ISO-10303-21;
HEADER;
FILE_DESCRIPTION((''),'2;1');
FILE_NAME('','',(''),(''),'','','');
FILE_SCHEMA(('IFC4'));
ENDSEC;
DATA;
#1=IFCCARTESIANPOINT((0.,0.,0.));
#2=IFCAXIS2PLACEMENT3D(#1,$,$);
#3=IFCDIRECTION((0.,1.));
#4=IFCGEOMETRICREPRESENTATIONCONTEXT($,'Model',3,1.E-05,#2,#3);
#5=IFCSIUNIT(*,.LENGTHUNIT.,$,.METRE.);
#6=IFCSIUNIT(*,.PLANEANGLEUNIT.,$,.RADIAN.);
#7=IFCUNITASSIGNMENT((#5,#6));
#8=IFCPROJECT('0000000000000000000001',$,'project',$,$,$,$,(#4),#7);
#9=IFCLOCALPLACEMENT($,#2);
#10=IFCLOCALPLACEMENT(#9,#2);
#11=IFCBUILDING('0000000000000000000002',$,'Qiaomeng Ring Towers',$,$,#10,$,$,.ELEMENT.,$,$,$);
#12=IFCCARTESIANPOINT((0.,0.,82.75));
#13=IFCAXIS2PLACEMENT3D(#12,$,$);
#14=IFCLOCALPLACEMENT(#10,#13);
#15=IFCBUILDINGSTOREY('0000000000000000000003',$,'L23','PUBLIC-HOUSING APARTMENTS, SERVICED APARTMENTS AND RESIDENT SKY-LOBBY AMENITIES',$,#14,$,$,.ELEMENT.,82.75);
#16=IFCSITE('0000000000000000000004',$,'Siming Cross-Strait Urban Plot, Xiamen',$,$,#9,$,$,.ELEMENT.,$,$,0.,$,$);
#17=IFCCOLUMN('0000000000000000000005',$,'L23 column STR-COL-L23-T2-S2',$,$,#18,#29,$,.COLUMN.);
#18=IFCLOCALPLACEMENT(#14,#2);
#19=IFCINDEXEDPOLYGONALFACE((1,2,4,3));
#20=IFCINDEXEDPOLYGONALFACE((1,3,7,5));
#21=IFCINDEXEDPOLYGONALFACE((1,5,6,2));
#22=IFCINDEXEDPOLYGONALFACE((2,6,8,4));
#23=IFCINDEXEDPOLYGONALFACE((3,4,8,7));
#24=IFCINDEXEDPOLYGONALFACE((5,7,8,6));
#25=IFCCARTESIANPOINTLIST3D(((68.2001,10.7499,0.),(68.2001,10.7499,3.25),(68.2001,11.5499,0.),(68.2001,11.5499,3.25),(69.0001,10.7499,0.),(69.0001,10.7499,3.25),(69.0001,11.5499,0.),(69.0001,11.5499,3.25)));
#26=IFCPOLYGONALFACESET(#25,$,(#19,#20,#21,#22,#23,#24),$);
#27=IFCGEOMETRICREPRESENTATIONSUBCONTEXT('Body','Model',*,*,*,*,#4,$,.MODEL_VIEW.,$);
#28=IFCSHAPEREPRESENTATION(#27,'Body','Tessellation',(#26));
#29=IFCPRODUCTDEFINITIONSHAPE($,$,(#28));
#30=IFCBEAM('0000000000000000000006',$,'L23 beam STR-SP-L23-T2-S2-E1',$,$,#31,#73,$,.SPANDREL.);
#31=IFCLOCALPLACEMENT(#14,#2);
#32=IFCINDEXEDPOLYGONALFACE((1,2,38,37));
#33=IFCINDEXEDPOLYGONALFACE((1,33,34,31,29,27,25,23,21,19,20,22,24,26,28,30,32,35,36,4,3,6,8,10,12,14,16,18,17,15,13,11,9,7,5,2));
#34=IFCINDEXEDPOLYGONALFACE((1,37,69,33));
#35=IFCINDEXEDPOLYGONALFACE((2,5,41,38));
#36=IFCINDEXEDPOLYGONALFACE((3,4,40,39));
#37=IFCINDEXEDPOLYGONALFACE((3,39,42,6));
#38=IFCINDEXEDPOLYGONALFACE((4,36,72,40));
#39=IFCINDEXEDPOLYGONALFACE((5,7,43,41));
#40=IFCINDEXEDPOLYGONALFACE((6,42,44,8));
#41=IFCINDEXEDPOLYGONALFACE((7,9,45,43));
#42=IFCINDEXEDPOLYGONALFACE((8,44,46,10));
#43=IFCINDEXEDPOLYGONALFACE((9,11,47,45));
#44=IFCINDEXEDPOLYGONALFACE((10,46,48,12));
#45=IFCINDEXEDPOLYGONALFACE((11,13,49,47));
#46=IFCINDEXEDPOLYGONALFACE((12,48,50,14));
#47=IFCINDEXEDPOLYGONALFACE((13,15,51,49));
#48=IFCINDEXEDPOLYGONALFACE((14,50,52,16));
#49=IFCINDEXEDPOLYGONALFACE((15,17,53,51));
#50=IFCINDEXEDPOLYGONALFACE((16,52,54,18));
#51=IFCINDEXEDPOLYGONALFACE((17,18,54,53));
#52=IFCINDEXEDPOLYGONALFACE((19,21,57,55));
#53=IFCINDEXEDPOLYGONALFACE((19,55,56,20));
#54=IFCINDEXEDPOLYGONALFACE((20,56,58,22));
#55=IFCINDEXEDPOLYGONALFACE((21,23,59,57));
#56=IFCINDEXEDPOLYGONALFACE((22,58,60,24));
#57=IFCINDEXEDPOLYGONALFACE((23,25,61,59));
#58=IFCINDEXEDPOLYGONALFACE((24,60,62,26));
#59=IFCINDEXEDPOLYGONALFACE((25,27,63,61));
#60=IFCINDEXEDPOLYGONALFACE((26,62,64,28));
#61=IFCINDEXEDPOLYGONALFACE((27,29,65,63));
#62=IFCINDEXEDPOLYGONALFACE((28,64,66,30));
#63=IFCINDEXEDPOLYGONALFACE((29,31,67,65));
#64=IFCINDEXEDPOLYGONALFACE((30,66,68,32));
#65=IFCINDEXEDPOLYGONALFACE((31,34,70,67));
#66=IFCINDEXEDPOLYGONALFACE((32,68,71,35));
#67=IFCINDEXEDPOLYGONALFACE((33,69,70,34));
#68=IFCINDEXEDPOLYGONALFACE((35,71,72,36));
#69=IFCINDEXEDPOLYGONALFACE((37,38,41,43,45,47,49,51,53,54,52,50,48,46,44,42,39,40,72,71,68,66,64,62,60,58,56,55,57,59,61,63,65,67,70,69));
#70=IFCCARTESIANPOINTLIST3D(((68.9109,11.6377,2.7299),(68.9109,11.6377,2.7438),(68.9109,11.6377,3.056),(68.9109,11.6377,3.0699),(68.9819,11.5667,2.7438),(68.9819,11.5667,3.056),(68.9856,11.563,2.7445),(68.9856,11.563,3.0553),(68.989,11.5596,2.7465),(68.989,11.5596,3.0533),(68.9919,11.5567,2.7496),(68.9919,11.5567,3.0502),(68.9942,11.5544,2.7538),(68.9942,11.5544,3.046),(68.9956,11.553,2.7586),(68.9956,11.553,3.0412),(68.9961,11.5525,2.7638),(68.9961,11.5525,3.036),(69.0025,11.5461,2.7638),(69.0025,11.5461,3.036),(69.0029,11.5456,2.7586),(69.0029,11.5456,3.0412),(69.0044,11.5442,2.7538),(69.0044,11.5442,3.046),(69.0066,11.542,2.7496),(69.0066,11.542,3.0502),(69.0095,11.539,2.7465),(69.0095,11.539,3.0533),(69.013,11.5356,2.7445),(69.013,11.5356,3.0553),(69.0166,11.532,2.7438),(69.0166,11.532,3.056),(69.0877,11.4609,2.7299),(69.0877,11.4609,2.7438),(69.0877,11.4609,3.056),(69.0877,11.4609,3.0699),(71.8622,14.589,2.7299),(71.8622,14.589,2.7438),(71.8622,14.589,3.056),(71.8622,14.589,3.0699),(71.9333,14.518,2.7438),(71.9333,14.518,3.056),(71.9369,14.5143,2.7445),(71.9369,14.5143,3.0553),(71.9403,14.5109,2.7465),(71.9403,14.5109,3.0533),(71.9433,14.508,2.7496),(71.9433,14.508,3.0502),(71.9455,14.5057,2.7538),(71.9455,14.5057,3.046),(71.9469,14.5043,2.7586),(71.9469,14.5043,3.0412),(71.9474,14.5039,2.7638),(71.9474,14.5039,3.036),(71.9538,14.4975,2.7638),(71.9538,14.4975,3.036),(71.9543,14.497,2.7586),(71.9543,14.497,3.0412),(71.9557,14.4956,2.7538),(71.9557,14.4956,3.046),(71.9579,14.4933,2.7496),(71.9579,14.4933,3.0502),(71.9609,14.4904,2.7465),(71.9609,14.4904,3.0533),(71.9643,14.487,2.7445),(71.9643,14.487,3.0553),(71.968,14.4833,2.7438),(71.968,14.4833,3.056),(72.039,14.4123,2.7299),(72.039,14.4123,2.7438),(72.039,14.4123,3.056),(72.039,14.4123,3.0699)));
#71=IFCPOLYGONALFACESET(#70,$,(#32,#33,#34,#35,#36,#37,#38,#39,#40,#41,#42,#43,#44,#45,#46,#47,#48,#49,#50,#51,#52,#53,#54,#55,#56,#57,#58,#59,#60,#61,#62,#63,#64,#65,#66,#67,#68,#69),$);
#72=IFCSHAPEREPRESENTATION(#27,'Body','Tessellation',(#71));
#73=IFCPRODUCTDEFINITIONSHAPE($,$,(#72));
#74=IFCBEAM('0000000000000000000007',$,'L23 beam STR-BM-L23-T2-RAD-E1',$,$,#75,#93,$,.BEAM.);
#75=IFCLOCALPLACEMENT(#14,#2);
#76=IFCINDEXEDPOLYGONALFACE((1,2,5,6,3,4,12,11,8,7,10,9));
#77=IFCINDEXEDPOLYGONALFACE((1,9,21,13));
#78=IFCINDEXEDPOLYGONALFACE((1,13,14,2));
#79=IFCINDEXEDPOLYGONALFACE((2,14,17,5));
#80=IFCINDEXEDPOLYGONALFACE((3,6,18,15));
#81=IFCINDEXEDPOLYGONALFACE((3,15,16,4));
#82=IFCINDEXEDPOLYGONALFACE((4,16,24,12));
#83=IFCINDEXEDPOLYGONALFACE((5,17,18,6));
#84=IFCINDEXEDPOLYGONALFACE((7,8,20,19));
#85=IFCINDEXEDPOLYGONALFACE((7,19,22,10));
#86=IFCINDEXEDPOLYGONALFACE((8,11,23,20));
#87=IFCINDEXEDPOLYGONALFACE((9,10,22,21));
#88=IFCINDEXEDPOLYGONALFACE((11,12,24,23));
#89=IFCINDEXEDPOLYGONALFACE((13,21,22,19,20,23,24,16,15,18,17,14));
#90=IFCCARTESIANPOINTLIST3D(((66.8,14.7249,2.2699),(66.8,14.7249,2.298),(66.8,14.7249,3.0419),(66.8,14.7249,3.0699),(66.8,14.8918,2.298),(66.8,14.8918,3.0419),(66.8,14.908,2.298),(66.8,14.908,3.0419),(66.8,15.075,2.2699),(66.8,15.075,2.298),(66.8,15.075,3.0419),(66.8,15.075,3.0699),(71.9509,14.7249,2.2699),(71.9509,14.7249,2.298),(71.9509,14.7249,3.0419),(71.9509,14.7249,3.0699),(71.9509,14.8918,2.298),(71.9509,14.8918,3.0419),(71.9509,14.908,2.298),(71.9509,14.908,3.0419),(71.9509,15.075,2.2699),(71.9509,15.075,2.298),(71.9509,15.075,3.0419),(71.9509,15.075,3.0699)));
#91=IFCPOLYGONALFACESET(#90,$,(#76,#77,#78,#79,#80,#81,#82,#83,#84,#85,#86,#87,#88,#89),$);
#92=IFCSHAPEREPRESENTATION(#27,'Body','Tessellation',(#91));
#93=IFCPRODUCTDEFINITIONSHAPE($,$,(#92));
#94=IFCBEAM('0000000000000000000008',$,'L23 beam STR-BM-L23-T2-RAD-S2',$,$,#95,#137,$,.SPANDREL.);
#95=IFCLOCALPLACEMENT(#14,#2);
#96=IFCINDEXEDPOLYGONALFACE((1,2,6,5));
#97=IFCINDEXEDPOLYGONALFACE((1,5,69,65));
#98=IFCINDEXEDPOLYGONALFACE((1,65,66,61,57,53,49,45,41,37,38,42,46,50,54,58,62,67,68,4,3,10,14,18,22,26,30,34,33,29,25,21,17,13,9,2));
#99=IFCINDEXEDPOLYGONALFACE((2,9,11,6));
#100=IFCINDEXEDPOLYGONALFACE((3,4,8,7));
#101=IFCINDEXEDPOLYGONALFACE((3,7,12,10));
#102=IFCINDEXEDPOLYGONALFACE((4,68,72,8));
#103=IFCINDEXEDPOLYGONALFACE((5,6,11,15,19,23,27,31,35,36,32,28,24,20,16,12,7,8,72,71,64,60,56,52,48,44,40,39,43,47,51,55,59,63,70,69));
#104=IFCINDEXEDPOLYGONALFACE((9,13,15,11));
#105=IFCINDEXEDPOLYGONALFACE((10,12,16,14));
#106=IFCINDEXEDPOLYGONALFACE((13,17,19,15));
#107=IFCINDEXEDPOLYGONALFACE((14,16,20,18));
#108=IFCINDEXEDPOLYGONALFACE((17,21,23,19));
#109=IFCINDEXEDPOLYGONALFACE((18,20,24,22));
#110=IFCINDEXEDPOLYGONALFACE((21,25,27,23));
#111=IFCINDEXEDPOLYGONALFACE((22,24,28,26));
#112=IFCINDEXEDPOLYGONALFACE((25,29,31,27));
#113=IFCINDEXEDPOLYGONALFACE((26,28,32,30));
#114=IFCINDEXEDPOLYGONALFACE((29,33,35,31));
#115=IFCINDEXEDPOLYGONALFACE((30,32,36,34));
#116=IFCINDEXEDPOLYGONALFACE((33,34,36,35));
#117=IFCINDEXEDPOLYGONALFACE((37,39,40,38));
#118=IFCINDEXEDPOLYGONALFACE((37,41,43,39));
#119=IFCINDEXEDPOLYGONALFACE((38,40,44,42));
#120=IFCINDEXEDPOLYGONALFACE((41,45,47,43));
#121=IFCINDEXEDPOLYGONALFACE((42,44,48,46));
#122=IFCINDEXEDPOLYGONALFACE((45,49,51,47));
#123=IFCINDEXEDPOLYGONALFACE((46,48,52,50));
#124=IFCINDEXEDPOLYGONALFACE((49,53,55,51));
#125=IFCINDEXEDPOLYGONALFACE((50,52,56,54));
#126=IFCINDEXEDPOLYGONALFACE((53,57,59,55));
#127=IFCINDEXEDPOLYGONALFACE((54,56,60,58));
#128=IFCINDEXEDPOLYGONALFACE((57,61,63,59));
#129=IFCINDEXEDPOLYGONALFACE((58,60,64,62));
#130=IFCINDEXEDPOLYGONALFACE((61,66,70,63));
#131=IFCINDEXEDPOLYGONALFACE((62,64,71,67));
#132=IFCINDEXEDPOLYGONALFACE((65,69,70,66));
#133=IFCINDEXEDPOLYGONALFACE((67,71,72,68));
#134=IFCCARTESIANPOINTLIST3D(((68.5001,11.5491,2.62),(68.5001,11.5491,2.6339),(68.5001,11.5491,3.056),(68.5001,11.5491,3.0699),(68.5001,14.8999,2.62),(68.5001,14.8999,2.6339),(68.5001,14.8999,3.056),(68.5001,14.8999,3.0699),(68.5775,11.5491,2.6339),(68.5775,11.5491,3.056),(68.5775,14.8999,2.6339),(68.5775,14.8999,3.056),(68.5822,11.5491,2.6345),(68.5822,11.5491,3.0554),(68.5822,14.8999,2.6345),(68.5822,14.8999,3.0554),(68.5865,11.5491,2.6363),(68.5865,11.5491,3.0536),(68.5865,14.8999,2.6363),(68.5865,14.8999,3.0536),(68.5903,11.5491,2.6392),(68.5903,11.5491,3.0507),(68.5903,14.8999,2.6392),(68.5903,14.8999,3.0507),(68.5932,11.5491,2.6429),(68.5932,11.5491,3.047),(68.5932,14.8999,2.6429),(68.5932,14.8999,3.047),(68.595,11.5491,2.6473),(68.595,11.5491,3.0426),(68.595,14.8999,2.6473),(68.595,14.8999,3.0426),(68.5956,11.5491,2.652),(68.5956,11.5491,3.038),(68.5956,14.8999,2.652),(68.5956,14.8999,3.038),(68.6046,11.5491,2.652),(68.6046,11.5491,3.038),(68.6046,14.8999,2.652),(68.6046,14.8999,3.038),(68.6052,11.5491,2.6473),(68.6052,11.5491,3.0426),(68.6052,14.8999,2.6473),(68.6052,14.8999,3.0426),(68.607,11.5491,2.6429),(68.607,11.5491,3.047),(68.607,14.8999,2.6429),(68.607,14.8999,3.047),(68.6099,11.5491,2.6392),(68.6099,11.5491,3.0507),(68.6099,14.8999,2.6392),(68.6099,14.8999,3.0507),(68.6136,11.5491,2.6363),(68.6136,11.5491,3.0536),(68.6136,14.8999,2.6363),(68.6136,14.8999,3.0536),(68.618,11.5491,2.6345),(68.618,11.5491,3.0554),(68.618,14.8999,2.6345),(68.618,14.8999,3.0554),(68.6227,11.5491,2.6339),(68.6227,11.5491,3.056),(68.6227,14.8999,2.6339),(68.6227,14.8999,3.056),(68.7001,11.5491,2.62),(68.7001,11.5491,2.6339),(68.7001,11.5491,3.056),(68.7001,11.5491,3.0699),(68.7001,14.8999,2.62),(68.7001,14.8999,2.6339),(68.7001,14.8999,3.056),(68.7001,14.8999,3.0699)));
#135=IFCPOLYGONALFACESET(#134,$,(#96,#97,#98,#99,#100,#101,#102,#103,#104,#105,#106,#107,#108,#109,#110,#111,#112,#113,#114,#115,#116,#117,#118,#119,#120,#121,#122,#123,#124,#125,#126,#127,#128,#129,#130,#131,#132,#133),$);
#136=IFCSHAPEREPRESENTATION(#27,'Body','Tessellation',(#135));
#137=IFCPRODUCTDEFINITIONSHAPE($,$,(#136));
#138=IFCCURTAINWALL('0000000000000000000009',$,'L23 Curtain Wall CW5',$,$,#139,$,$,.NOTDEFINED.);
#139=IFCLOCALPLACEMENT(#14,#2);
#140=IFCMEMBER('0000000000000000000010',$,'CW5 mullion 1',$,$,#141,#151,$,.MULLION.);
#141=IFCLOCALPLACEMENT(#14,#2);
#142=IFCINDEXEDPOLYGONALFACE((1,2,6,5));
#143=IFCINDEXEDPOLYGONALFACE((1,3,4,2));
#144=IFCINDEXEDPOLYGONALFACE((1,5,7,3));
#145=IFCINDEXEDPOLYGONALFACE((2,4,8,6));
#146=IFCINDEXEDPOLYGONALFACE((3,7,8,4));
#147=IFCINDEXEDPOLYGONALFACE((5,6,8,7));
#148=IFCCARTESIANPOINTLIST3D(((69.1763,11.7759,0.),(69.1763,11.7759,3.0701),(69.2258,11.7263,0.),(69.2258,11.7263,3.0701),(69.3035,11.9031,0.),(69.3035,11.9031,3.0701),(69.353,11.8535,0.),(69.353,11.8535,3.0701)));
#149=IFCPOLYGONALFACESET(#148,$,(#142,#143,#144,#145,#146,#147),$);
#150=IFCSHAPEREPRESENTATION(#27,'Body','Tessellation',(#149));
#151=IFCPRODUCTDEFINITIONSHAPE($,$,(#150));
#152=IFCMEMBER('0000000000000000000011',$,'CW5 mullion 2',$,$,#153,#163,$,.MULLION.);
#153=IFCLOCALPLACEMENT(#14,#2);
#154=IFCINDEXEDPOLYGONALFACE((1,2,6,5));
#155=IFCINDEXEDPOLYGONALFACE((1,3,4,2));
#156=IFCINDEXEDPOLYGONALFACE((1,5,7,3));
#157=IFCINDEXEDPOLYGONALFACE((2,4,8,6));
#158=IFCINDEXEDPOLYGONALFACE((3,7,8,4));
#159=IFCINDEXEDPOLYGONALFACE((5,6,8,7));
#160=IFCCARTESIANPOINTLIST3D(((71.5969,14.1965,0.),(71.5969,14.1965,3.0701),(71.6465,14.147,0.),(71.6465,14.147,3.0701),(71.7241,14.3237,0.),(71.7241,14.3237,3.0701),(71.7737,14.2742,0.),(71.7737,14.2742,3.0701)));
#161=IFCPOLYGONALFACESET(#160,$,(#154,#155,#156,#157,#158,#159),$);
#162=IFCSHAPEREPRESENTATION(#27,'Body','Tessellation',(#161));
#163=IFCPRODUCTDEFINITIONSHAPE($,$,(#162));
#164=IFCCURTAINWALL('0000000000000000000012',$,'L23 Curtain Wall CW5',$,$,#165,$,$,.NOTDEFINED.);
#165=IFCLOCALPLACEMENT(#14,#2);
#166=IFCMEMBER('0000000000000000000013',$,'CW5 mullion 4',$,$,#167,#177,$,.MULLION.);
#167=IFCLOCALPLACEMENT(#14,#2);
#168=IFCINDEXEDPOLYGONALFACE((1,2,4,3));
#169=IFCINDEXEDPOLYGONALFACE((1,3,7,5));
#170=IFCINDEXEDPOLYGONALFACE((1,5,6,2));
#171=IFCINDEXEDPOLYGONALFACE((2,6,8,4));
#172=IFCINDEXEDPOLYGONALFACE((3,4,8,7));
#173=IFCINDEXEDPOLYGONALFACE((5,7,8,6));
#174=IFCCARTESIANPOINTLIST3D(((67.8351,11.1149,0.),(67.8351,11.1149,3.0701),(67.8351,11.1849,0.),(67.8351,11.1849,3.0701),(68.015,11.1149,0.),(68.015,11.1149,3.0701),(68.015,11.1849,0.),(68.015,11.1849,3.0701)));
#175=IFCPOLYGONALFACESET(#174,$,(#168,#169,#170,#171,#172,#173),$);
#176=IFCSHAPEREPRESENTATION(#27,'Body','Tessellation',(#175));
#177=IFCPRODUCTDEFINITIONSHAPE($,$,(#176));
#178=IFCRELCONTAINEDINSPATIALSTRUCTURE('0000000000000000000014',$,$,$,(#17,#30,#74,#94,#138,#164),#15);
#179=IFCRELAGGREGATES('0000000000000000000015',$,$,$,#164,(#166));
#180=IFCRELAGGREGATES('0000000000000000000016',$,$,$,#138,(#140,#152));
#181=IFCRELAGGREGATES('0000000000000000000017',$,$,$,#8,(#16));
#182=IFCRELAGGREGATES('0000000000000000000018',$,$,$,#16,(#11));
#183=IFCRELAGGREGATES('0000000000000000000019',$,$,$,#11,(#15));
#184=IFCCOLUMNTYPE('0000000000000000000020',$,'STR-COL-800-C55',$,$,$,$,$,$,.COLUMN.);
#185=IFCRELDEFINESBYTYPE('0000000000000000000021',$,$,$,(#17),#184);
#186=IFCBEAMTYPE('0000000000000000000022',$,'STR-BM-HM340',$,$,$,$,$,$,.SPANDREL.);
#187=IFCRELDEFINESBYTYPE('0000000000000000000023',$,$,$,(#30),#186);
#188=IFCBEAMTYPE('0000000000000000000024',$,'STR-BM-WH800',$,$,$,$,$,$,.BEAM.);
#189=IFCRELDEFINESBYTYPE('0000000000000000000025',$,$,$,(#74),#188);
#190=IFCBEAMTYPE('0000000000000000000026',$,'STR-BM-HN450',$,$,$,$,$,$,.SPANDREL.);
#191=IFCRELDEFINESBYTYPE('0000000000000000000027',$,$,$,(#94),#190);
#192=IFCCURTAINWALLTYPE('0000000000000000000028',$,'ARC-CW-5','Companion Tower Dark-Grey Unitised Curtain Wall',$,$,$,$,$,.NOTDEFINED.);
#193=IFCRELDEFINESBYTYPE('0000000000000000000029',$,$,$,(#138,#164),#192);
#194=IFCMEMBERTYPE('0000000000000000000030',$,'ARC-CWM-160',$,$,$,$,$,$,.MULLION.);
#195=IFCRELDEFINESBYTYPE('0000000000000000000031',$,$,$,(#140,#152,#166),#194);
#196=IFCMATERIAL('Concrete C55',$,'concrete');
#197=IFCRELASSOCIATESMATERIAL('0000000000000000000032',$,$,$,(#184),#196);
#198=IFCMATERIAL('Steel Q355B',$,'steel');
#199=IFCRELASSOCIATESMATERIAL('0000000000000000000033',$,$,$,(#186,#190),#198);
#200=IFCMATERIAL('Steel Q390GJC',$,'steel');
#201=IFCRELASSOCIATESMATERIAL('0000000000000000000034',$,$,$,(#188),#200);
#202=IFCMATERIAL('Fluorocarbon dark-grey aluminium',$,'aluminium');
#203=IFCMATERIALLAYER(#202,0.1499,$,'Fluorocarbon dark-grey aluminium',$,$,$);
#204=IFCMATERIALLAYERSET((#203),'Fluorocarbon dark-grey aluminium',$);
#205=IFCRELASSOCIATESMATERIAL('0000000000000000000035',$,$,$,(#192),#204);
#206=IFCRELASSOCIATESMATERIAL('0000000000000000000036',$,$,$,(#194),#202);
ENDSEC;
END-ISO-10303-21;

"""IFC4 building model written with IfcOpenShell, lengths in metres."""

from ifc_helpers import new_model, si_unit, direction, frame, origin, origin_2d, place, context, subcontext, project, spatial, rectangle, i_section, extrude, source, transform, mapped, material, layer, layer_set, material_profile, profile_set, type_object, element, aggregate, save


model = new_model("IFC4")

# Units and contexts
model_context = context("Model", 3, precision=1e-05, world=origin(), true_north=direction((0.0, 1.0)))
body_context = subcontext(model_context, "Body", "Model", "MODEL_VIEW")
ifc_project = project(units=[si_unit("LENGTHUNIT", "METRE"), si_unit("PLANEANGLEUNIT", "RADIAN")], contexts=[model_context])

# Site, building, storey
site_placement = place(None, origin())
site = spatial("IfcSite", under=ifc_project, at=site_placement, Name="Siming Cross-Strait Urban Plot, Xiamen", CompositionType="ELEMENT", RefElevation=0.0)
building_placement = place(site_placement, origin())
building = spatial("IfcBuilding", under=site, at=building_placement, Name="Qiaomeng Ring Towers", CompositionType="ELEMENT")
storey_placement = place(building_placement, frame((0.0, 0.0, 82.75)))
storey = spatial("IfcBuildingStorey", under=building, at=storey_placement, Name="L23", Description="PUBLIC-HOUSING APARTMENTS, SERVICED APARTMENTS AND RESIDENT SKY-LOBBY AMENITIES", CompositionType="ELEMENT", Elevation=82.75)

# Column
ifc_material_1 = material(Name="Concrete C55", Category="concrete")
ifc_material_profile_1 = material_profile(ifc_material_1, rectangle(XDim=0.8, YDim=0.8, at=origin_2d()), Name="RC COL 800x800")
ifc_profile_set_1 = profile_set([ifc_material_profile_1], Name="Concrete C55")
column_type = type_object("IfcColumnType", Name="STR-COL-800-C55", PredefinedType="COLUMN", material=ifc_profile_set_1)
shared_shape_1 = source(origin(), body_context, "Body", "SweptSolid", [
    extrude(rectangle(XDim=0.8, YDim=0.8, at=origin_2d()), origin(), (0.0, 0.0, 1.0), 3.25),
])
column_placement = place(storey_placement, frame((68.6001, 11.1499, 0.0), z_axis=(0.0, 0.0, 1.0), x_axis=(1.0, 0.0, 0.0)))
element("IfcColumn", 1, at=column_placement, inside=storey, type_object=column_type, Name="L23 column STR-COL-L23-T2-S2", PredefinedType="COLUMN", context=body_context, shape_type="MappedRepresentation", body=[
    mapped(shared_shape_1, transform((0.0, 0.0, 0.0), x_axis=(1.0, 0.0, 0.0), y_axis=(0.0, 1.0, 0.0), z_axis=(0.0, 0.0, 1.0), scale=1.0)),
])

# Beams
ifc_material_2 = material(Name="Steel Q355B", Category="steel")
ifc_material_profile_2 = material_profile(ifc_material_2, i_section(OverallWidth=0.25, OverallDepth=0.3401, WebThickness=0.009, FlangeThickness=0.0139, FilletRadius=0.02, at=origin_2d()), Name="HM 340x250x9x14")
ifc_profile_set_2 = profile_set([ifc_material_profile_2], Name="Steel Q355B")
beam_type_1 = type_object("IfcBeamType", Name="STR-BM-HM340", PredefinedType="SPANDREL", material=ifc_profile_set_2)
shared_shape_2 = source(origin(), body_context, "Body", "SweptSolid", [
    extrude(i_section(OverallWidth=0.25, OverallDepth=0.3401, WebThickness=0.009, FlangeThickness=0.0139, FilletRadius=0.02, at=origin_2d()), origin(), (0.0, 0.0, 1.0), 4.1738),
])
beam_1_placement = place(storey_placement, frame((68.9993, 11.5493, 2.8999), z_axis=(0.707107, 0.707107, 0.0), x_axis=(-0.707107, 0.707107, 0.0)))
element("IfcBeam", 2, at=beam_1_placement, inside=storey, type_object=beam_type_1, Name="L23 beam STR-SP-L23-T2-S2-E1", PredefinedType="SPANDREL", context=body_context, shape_type="MappedRepresentation", body=[
    mapped(shared_shape_2, transform((0.0, 0.0, 0.0), x_axis=(1.0, 0.0, 0.0), y_axis=(0.0, 1.0, 0.0), z_axis=(0.0, 0.0, 1.0), scale=1.0)),
])
ifc_material_3 = material(Name="Steel Q390GJC", Category="steel")
ifc_material_profile_3 = material_profile(ifc_material_3, i_section(OverallWidth=0.3501, OverallDepth=0.8, WebThickness=0.0161, FlangeThickness=0.0281, at=origin_2d()), Name="WH 800x350x16x28")
ifc_profile_set_3 = profile_set([ifc_material_profile_3], Name="Steel Q390GJC")
beam_type_2 = type_object("IfcBeamType", Name="STR-BM-WH800", PredefinedType="BEAM", material=ifc_profile_set_3)
shared_shape_3 = source(origin(), body_context, "Body", "SweptSolid", [
    extrude(i_section(OverallWidth=0.3501, OverallDepth=0.8, WebThickness=0.0161, FlangeThickness=0.0281, at=origin_2d()), origin(), (0.0, 0.0, 1.0), 5.1509),
])
beam_2_placement = place(storey_placement, frame((66.8, 14.8999, 2.6699), z_axis=(1.0, 0.0, 0.0), x_axis=(0.0, 1.0, 0.0)))
element("IfcBeam", 3, at=beam_2_placement, inside=storey, type_object=beam_type_2, Name="L23 beam STR-BM-L23-T2-RAD-E1", PredefinedType="BEAM", context=body_context, shape_type="MappedRepresentation", body=[
    mapped(shared_shape_3, transform((0.0, 0.0, 0.0), x_axis=(1.0, 0.0, 0.0), y_axis=(0.0, 1.0, 0.0), z_axis=(0.0, 0.0, 1.0), scale=1.0)),
])
ifc_material_profile_4 = material_profile(ifc_material_2, i_section(OverallWidth=0.2, OverallDepth=0.45, WebThickness=0.009, FlangeThickness=0.0139, FilletRadius=0.0181, at=origin_2d()), Name="HN 450x200x9x14")
ifc_profile_set_4 = profile_set([ifc_material_profile_4], Name="Steel Q355B")
beam_type_3 = type_object("IfcBeamType", Name="STR-BM-HN450", PredefinedType="SPANDREL", material=ifc_profile_set_4)
shared_shape_4 = source(origin(), body_context, "Body", "SweptSolid", [
    extrude(i_section(OverallWidth=0.2, OverallDepth=0.45, WebThickness=0.009, FlangeThickness=0.0139, FilletRadius=0.0181, at=origin_2d()), origin(), (0.0, 0.0, 1.0), 3.3508),
])
beam_3_placement = place(storey_placement, frame((68.6001, 11.5491, 2.845), z_axis=(0.0, 1.0, 0.0), x_axis=(-1.0, 0.0, 0.0)))
element("IfcBeam", 4, at=beam_3_placement, inside=storey, type_object=beam_type_3, Name="L23 beam STR-BM-L23-T2-RAD-S2", PredefinedType="SPANDREL", context=body_context, shape_type="MappedRepresentation", body=[
    mapped(shared_shape_4, transform((0.0, 0.0, 0.0), x_axis=(1.0, 0.0, 0.0), y_axis=(0.0, 1.0, 0.0), z_axis=(0.0, 0.0, 1.0), scale=1.0)),
])

# Curtain wall, members
ifc_material_4 = material(Name="Fluorocarbon dark-grey aluminium", Category="aluminium")
ifc_layer_1 = layer(ifc_material_4, 0.1499, Name="Fluorocarbon dark-grey aluminium")
ifc_layer_set_1 = layer_set([ifc_layer_1], Name="Fluorocarbon dark-grey aluminium")
curtain_wall_type = type_object("IfcCurtainWallType", Name="ARC-CW-5", Description="Companion Tower Dark-Grey Unitised Curtain Wall", PredefinedType="NOTDEFINED", material=ifc_layer_set_1)
curtain_wall_1_placement = place(storey_placement, origin())
curtain_wall_1 = element("IfcCurtainWall", 5, at=curtain_wall_1_placement, inside=storey, type_object=curtain_wall_type, Name="L23 Curtain Wall CW5", PredefinedType="NOTDEFINED")
ifc_material_profile_5 = material_profile(ifc_material_4, rectangle(XDim=0.0701, YDim=0.1799, at=origin_2d()), Name="ALU MULL 70x180")
ifc_profile_set_5 = profile_set([ifc_material_profile_5], Name="Fluorocarbon dark-grey aluminium")
member_type_1 = type_object("IfcMemberType", Name="ARC-CWM-160", PredefinedType="MULLION", material=ifc_profile_set_5)
shared_shape_5 = source(origin(), body_context, "Body", "SweptSolid", [
    extrude(rectangle(XDim=0.0701, YDim=0.1799, at=origin_2d()), origin(), (0.0, 0.0, 1.0), 3.0701),
])
member_1_placement = place(storey_placement, frame((69.2646, 11.8147, 0.0), z_axis=(0.0, 0.0, 1.0), x_axis=(-0.707107, 0.707107, 0.0)))
member_1 = element("IfcMember", 6, at=member_1_placement, type_object=member_type_1, Name="CW5 mullion 1", PredefinedType="MULLION", context=body_context, shape_type="MappedRepresentation", body=[
    mapped(shared_shape_5, transform((0.0, 0.0, 0.0), x_axis=(1.0, 0.0, 0.0), y_axis=(0.0, 1.0, 0.0), z_axis=(0.0, 0.0, 1.0), scale=1.0)),
])
member_2_placement = place(storey_placement, frame((71.6853, 14.2354, 0.0), z_axis=(0.0, 0.0, 1.0), x_axis=(-0.707107, 0.707107, 0.0)))
member_2 = element("IfcMember", 7, at=member_2_placement, type_object=member_type_1, Name="CW5 mullion 2", PredefinedType="MULLION", context=body_context, shape_type="MappedRepresentation", body=[
    mapped(shared_shape_5, transform((0.0, 0.0, 0.0), x_axis=(1.0, 0.0, 0.0), y_axis=(0.0, 1.0, 0.0), z_axis=(0.0, 0.0, 1.0), scale=1.0)),
])

# Curtain wall, member
curtain_wall_2_placement = place(storey_placement, origin())
curtain_wall_2 = element("IfcCurtainWall", 8, at=curtain_wall_2_placement, inside=storey, type_object=curtain_wall_type, Name="L23 Curtain Wall CW5", PredefinedType="NOTDEFINED")
member_3_placement = place(storey_placement, frame((67.925, 11.1499, 0.0), z_axis=(0.0, 0.0, 1.0), x_axis=(0.0, 1.0, 0.0)))
member_3 = element("IfcMember", 9, at=member_3_placement, type_object=member_type_1, Name="CW5 mullion 4", PredefinedType="MULLION", context=body_context, shape_type="MappedRepresentation", body=[
    mapped(shared_shape_5, transform((0.0, 0.0, 0.0), x_axis=(1.0, 0.0, 0.0), y_axis=(0.0, 1.0, 0.0), z_axis=(0.0, 0.0, 1.0), scale=1.0)),
])
aggregate(curtain_wall_2, [member_3])

aggregate(curtain_wall_1, [member_1, member_2])

save(model, "model.ifc")
